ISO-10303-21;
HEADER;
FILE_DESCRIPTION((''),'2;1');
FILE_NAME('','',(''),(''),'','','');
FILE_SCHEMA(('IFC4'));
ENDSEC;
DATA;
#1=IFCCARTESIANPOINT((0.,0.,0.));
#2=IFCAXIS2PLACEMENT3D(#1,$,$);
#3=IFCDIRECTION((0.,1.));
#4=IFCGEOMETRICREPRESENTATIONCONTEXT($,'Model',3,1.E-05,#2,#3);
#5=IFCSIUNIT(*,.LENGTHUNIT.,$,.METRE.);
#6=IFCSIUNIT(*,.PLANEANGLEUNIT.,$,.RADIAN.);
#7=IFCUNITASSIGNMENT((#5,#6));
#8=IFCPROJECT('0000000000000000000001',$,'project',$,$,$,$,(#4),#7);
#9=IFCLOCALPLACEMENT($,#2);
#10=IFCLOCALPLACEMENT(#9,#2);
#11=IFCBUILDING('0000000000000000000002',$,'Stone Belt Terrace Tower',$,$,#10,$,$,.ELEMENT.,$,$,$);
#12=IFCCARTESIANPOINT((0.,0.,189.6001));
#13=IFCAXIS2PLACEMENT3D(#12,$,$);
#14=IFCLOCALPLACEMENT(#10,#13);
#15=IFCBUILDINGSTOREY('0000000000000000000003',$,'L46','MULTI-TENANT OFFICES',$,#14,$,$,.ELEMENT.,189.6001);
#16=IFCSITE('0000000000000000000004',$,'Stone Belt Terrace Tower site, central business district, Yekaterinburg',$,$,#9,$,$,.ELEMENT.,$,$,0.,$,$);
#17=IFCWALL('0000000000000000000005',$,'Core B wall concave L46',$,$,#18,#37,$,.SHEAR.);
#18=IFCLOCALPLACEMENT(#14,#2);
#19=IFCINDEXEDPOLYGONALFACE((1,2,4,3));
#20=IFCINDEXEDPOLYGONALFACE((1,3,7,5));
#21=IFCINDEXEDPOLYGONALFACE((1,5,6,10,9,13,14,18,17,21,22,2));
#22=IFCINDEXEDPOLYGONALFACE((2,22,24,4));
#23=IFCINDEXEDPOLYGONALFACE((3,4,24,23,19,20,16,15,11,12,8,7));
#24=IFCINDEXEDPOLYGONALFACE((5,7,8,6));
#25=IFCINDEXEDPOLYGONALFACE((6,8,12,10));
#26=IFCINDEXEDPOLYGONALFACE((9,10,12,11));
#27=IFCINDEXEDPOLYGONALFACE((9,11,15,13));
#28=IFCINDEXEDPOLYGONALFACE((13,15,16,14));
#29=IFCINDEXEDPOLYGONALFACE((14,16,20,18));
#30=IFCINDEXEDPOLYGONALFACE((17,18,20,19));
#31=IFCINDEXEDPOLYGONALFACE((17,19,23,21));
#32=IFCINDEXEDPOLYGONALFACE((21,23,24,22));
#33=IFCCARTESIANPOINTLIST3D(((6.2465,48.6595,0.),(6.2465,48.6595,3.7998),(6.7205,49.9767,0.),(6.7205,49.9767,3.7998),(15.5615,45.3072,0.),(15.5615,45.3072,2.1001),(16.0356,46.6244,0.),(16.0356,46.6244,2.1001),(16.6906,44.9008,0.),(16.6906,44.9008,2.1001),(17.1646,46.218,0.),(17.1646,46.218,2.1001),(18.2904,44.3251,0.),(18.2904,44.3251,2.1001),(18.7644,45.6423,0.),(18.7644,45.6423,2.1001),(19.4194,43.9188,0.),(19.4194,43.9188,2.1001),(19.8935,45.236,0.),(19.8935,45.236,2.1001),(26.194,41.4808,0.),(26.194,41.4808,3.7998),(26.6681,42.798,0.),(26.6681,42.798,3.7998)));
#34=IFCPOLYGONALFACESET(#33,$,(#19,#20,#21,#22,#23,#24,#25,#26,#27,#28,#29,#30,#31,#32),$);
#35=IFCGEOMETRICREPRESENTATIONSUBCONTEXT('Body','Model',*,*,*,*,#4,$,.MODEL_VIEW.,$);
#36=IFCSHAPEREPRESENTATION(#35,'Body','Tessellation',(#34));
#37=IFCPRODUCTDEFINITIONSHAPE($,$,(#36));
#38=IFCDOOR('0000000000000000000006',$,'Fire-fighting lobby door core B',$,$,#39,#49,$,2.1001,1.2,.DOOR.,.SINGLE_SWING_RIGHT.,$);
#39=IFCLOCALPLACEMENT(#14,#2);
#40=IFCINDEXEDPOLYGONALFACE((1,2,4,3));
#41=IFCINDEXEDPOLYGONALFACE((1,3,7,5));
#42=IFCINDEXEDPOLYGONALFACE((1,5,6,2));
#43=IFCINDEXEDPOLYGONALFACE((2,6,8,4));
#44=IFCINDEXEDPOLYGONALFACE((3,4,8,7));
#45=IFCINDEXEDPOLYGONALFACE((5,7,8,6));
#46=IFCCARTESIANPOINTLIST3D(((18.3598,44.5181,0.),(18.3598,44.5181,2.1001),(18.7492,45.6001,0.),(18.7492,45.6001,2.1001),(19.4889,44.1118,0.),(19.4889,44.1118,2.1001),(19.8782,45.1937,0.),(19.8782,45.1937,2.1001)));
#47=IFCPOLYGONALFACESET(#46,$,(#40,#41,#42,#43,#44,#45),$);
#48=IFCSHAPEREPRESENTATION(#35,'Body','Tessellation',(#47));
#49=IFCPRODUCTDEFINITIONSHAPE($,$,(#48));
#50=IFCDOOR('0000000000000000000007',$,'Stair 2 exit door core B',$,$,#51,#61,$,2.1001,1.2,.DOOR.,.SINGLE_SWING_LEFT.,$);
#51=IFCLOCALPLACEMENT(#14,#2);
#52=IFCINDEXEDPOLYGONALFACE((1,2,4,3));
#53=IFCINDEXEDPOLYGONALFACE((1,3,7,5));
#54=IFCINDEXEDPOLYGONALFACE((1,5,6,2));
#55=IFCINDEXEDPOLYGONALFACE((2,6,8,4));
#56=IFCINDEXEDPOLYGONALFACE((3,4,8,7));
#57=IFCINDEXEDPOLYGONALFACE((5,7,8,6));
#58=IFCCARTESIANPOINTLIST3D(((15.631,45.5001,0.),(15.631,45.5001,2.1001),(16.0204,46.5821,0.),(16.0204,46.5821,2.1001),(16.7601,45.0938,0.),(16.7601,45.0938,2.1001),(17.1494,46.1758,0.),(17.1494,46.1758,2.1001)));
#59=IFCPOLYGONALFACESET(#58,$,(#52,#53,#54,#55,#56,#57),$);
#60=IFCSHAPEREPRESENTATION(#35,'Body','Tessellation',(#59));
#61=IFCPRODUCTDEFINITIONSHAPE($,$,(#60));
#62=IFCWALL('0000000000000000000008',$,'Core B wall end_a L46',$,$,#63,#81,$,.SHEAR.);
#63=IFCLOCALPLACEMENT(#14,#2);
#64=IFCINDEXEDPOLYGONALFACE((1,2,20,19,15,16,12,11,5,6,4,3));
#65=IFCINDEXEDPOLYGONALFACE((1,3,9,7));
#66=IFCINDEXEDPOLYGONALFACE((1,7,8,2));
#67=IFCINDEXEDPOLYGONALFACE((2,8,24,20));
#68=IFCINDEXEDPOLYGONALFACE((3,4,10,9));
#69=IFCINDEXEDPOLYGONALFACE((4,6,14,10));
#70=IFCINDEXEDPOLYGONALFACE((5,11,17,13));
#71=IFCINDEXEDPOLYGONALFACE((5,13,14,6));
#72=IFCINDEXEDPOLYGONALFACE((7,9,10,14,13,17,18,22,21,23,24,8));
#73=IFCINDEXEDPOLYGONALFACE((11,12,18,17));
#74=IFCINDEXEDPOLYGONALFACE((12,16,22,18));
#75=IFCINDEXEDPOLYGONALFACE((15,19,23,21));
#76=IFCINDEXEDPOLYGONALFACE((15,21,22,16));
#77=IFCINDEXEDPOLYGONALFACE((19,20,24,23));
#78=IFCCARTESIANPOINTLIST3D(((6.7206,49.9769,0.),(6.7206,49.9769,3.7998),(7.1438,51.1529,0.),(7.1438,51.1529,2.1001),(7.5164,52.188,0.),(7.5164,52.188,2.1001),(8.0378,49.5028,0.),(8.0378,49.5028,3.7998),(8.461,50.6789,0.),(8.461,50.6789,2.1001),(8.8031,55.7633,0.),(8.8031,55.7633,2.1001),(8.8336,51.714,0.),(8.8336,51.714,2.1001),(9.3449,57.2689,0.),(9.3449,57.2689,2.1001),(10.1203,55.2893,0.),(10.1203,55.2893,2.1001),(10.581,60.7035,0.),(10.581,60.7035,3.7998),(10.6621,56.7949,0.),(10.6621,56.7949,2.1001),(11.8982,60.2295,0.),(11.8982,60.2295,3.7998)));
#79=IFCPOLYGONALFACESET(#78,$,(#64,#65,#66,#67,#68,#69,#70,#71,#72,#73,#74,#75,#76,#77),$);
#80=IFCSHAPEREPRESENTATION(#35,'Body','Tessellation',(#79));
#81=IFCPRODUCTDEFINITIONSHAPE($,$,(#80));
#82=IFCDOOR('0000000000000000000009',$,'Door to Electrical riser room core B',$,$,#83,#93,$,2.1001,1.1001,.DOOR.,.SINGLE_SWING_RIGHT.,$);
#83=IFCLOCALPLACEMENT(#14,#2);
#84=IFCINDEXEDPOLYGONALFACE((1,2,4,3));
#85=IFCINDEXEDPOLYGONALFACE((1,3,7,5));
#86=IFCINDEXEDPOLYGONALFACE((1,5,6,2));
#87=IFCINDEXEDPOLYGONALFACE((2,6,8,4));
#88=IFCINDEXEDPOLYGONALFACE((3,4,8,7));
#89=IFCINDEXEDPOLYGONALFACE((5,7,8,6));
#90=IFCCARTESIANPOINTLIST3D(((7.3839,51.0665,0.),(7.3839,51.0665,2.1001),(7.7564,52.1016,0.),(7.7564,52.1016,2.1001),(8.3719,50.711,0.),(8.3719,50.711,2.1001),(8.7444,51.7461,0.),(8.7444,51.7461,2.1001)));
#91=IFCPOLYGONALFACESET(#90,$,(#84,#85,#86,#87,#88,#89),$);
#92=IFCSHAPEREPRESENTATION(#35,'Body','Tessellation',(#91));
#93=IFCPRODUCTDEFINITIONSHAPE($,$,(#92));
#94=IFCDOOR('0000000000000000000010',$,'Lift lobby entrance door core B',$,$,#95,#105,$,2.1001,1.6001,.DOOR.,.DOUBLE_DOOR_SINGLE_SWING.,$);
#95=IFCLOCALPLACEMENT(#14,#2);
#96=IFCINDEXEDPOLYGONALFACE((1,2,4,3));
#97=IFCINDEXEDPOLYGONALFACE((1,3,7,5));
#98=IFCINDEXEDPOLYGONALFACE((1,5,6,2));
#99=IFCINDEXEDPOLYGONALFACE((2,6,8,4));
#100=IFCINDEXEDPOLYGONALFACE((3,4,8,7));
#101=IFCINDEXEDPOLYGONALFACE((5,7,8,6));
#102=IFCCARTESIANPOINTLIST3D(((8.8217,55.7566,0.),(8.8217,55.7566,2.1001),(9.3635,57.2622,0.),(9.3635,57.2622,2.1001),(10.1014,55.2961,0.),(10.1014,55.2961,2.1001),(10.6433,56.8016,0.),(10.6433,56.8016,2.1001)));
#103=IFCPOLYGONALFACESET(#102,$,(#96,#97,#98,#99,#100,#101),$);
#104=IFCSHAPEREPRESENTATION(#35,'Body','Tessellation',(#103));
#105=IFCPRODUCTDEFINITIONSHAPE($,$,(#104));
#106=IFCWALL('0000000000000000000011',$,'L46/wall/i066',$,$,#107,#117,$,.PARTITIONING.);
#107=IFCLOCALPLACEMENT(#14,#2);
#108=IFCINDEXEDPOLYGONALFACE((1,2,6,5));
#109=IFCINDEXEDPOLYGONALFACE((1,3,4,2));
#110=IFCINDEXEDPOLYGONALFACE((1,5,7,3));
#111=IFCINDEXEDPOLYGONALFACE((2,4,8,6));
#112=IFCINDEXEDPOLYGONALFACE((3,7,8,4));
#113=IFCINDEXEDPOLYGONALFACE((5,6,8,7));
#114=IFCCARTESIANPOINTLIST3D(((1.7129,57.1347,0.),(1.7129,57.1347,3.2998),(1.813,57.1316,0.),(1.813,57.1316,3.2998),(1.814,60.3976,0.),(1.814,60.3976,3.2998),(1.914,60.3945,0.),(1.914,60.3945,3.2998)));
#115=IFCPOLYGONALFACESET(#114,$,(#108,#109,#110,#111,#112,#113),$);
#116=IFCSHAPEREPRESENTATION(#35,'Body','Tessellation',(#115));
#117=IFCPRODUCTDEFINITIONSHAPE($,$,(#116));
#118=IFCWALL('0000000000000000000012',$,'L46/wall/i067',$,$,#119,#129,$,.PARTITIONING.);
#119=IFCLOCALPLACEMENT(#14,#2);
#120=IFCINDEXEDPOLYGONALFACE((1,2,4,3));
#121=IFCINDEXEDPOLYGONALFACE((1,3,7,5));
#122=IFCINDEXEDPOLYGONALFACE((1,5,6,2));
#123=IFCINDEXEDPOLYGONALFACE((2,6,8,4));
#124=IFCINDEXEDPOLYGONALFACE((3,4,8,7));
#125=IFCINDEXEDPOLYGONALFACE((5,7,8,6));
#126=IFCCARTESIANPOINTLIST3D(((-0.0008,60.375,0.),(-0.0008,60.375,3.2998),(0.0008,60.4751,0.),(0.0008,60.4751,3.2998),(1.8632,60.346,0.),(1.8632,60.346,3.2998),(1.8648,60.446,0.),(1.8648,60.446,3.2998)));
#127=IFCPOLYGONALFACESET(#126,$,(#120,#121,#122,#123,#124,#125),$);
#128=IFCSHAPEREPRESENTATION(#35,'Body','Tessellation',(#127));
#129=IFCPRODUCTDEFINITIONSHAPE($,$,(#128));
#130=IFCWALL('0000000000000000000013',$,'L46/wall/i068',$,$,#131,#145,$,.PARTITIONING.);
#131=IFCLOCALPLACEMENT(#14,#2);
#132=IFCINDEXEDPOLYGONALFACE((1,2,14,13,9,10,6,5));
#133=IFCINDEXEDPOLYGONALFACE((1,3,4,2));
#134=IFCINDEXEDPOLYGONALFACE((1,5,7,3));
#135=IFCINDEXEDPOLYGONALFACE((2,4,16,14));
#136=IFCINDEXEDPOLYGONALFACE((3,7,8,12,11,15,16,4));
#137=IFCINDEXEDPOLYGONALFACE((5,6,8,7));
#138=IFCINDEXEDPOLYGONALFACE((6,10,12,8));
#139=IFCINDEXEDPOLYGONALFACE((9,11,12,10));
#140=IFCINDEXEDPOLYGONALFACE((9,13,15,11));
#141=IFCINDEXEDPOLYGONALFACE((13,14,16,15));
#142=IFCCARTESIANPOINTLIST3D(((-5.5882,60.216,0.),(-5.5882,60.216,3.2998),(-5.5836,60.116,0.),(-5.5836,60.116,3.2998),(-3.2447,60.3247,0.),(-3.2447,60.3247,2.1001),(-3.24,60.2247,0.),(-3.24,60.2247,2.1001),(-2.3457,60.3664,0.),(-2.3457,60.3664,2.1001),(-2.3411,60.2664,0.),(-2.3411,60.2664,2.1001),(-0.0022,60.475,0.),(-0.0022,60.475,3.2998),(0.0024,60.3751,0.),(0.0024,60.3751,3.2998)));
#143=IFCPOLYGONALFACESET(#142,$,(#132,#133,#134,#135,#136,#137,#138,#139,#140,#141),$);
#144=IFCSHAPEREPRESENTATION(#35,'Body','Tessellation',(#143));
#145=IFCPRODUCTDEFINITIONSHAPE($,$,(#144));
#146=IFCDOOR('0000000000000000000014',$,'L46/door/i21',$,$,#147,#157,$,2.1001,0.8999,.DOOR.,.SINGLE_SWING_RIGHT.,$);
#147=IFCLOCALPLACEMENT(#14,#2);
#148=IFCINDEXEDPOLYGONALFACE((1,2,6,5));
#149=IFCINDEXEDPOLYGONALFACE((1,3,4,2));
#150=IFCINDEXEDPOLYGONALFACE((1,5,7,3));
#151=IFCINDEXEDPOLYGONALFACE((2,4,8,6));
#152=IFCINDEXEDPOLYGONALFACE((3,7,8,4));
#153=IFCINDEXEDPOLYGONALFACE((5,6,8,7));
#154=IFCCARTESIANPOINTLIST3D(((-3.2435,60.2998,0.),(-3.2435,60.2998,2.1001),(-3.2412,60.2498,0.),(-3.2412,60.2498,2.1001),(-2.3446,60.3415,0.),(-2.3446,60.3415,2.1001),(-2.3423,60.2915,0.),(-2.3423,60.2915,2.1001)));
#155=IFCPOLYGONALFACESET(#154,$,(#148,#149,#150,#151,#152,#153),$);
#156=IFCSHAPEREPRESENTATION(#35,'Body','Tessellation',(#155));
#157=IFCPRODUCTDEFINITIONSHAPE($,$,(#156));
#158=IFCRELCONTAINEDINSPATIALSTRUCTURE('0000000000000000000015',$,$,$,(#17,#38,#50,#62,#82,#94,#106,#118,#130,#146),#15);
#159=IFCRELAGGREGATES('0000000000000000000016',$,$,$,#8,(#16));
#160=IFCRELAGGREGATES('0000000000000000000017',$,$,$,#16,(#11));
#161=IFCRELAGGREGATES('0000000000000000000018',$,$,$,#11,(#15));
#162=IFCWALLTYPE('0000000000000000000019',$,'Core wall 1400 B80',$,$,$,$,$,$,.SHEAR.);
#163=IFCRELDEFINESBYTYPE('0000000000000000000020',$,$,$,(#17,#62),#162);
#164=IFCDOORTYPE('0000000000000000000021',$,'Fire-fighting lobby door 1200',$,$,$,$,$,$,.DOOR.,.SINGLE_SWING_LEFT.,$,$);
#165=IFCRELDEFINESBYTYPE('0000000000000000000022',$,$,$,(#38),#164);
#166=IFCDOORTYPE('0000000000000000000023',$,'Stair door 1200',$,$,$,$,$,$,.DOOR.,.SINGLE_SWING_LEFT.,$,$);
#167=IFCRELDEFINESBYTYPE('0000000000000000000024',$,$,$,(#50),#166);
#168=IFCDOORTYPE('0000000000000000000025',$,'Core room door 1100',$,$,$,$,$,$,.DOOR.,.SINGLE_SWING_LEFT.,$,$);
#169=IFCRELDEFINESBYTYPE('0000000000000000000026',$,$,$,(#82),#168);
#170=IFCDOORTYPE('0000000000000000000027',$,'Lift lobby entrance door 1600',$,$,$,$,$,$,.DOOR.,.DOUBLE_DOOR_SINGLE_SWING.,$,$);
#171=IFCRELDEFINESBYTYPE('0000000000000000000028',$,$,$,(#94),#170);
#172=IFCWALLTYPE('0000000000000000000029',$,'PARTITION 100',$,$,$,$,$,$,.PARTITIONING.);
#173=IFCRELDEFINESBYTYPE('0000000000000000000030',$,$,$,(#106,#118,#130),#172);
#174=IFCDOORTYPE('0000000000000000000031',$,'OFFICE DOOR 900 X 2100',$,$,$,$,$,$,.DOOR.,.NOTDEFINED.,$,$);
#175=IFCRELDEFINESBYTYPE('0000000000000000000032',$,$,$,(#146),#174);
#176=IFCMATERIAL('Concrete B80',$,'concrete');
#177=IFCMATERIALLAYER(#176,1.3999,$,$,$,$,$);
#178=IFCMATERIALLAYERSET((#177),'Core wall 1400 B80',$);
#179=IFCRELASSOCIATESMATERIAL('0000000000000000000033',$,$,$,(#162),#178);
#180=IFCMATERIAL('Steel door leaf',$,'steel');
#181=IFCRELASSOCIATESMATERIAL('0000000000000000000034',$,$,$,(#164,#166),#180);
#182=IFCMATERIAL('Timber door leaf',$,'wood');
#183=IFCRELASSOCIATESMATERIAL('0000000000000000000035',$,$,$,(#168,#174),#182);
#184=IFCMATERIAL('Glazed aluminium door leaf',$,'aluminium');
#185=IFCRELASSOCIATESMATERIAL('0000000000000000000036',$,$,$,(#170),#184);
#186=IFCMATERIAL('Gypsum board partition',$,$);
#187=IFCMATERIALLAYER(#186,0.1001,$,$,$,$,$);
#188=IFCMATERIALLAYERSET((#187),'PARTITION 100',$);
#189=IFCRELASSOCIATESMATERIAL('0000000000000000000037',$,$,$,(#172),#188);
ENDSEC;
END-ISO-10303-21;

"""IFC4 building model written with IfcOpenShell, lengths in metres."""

from ifc_helpers import new_model, si_unit, direction, frame, frame_2d, origin, place, context, subcontext, project, spatial, rectangle, extrude, material, layer, layer_set, type_object, element, fill, save


model = new_model("IFC4")

# Units and contexts
model_context = context("Model", 3, precision=1e-05, world=origin(), true_north=direction((0.0, 1.0)))
body_context = subcontext(model_context, "Body", "Model", "MODEL_VIEW")
ifc_project = project(units=[si_unit("LENGTHUNIT", "METRE"), si_unit("PLANEANGLEUNIT", "RADIAN")], contexts=[model_context])

# Site, building, storey
site_placement = place(None, origin())
site = spatial("IfcSite", under=ifc_project, at=site_placement, Name="Stone Belt Terrace Tower site, central business district, Yekaterinburg", CompositionType="ELEMENT", RefElevation=0.0)
building_placement = place(site_placement, origin())
building = spatial("IfcBuilding", under=site, at=building_placement, Name="Stone Belt Terrace Tower", CompositionType="ELEMENT")
storey_placement = place(building_placement, frame((0.0, 0.0, 189.6001)))
storey = spatial("IfcBuildingStorey", under=building, at=storey_placement, Name="L46", Description="MULTI-TENANT OFFICES", CompositionType="ELEMENT", Elevation=189.6001)

# Shared definitions
ifc_material_1 = material(Name="Concrete B80", Category="concrete")

# Walls, openings, doors
ifc_layer_1 = layer(ifc_material_1, 1.3999)
ifc_layer_set_1 = layer_set([ifc_layer_1], Name="Core wall 1400 B80")
wall_type_1 = type_object("IfcWallType", Name="Core wall 1400 B80", PredefinedType="SHEAR", material=ifc_layer_set_1)
wall_1_placement = place(storey_placement, frame((6.4834, 49.3181, 0.0), z_axis=(0.0, 0.0, 1.0), x_axis=(0.940923, -0.33862, 0.0)))
wall_1 = element("IfcWall", 1, at=wall_1_placement, inside=storey, type_object=wall_type_1, Name="Core B wall concave L46", PredefinedType="SHEAR", context=body_context, shape_type="SweptSolid", body=[
    extrude(rectangle(XDim=21.2, YDim=1.3999, at=frame_2d((10.6001, 0.0))), origin(), (0.0, 0.0, 1.0), 3.7998),
])
opening_1_placement = place(wall_1_placement, frame((12.8, 0.0, 0.0)))
opening_1 = element("IfcOpeningElement", 2, at=opening_1_placement, cuts=wall_1, PredefinedType="OPENING", context=body_context, shape_type="SweptSolid", body=[
    extrude(rectangle(XDim=1.2, YDim=2.1001, at=frame_2d((0.6001, 1.05))), frame((0.0, 0.71, 0.0), z_axis=(0.0, -1.0, 0.0), x_axis=(1.0, 0.0, 0.0)), (0.0, 0.0, 1.0), 1.4199),
])
opening_2_placement = place(wall_1_placement, frame((9.8999, 0.0, 0.0)))
opening_2 = element("IfcOpeningElement", 3, at=opening_2_placement, cuts=wall_1, PredefinedType="OPENING", context=body_context, shape_type="SweptSolid", body=[
    extrude(rectangle(XDim=1.2, YDim=2.1001, at=frame_2d((0.6001, 1.05))), frame((0.0, 0.71, 0.0), z_axis=(0.0, -1.0, 0.0), x_axis=(1.0, 0.0, 0.0)), (0.0, 0.0, 1.0), 1.4199),
])
ifc_material_2 = material(Name="Steel door leaf", Category="steel")
door_type_1 = type_object("IfcDoorType", Name="Fire-fighting lobby door 1200", OperationType="SINGLE_SWING_LEFT", PredefinedType="DOOR", material=ifc_material_2)
door_1_placement = place(opening_1_placement, origin())
door_1 = element("IfcDoor", 4, at=door_1_placement, inside=storey, type_object=door_type_1, Name="Fire-fighting lobby door core B", OperationType="SINGLE_SWING_RIGHT", OverallHeight=2.1001, OverallWidth=1.2, PredefinedType="DOOR", context=body_context, shape_type="SweptSolid", body=[
    extrude(rectangle(XDim=1.2, YDim=2.1001, at=frame_2d((0.6001, 1.05))), frame((0.0, 0.655, 0.0), z_axis=(0.0, -1.0, 0.0), x_axis=(1.0, 0.0, 0.0)), (0.0, 0.0, 1.0), 1.1499),
])
fill(opening_1, door_1)
door_type_2 = type_object("IfcDoorType", Name="Stair door 1200", OperationType="SINGLE_SWING_LEFT", PredefinedType="DOOR", material=ifc_material_2)
door_2_placement = place(opening_2_placement, origin())
door_2 = element("IfcDoor", 5, at=door_2_placement, inside=storey, type_object=door_type_2, Name="Stair 2 exit door core B", OperationType="SINGLE_SWING_LEFT", OverallHeight=2.1001, OverallWidth=1.2, PredefinedType="DOOR", context=body_context, shape_type="SweptSolid", body=[
    extrude(rectangle(XDim=1.2, YDim=2.1001, at=frame_2d((0.6001, 1.05))), frame((0.0, 0.655, 0.0), z_axis=(0.0, -1.0, 0.0), x_axis=(1.0, 0.0, 0.0)), (0.0, 0.0, 1.0), 1.1499),
])
fill(opening_2, door_2)
wall_2_placement = place(storey_placement, frame((7.3792, 49.7397, 0.0), z_axis=(0.0, 0.0, 1.0), x_axis=(0.338625, 0.940921, 0.0)))
wall_2 = element("IfcWall", 6, at=wall_2_placement, inside=storey, type_object=wall_type_1, Name="Core B wall end_a L46", PredefinedType="SHEAR", context=body_context, shape_type="SweptSolid", body=[
    extrude(rectangle(XDim=11.4001, YDim=1.3999, at=frame_2d((5.7002, 0.0))), origin(), (0.0, 0.0, 1.0), 3.7998),
])
opening_3_placement = place(wall_2_placement, frame((6.1499, 0.0, 0.0)))
opening_3 = element("IfcOpeningElement", 7, at=opening_3_placement, cuts=wall_2, PredefinedType="OPENING", context=body_context, shape_type="SweptSolid", body=[
    extrude(rectangle(XDim=1.6001, YDim=2.1001, at=frame_2d((0.8, 1.05))), frame((0.0, 0.71, 0.0), z_axis=(0.0, -1.0, 0.0), x_axis=(1.0, 0.0, 0.0)), (0.0, 0.0, 1.0), 1.4199),
])
opening_4_placement = place(wall_2_placement, frame((1.25, 0.0, 0.0)))
opening_4 = element("IfcOpeningElement", 8, at=opening_4_placement, cuts=wall_2, PredefinedType="OPENING", context=body_context, shape_type="SweptSolid", body=[
    extrude(rectangle(XDim=1.1001, YDim=2.1001, at=frame_2d((0.55, 1.05))), frame((0.0, 0.71, 0.0), z_axis=(0.0, -1.0, 0.0), x_axis=(1.0, 0.0, 0.0)), (0.0, 0.0, 1.0), 1.4199),
])
ifc_material_3 = material(Name="Timber door leaf", Category="wood")
door_type_3 = type_object("IfcDoorType", Name="Core room door 1100", OperationType="SINGLE_SWING_LEFT", PredefinedType="DOOR", material=ifc_material_3)
door_3_placement = place(opening_4_placement, origin())
door_3 = element("IfcDoor", 9, at=door_3_placement, inside=storey, type_object=door_type_3, Name="Door to Electrical riser room core B", OperationType="SINGLE_SWING_RIGHT", OverallHeight=2.1001, OverallWidth=1.1001, PredefinedType="DOOR", context=body_context, shape_type="SweptSolid", body=[
    extrude(rectangle(XDim=1.1001, YDim=2.1001, at=frame_2d((0.55, 1.05))), frame((0.0, 0.4448, 0.0), z_axis=(0.0, -1.0, 0.0), x_axis=(1.0, 0.0, 0.0)), (0.0, 0.0, 1.0), 1.05),
])
fill(opening_4, door_3)
ifc_material_4 = material(Name="Glazed aluminium door leaf", Category="aluminium")
door_type_4 = type_object("IfcDoorType", Name="Lift lobby entrance door 1600", OperationType="DOUBLE_DOOR_SINGLE_SWING", PredefinedType="DOOR", material=ifc_material_4)
door_4_placement = place(opening_3_placement, origin())
door_4 = element("IfcDoor", 10, at=door_4_placement, inside=storey, type_object=door_type_4, Name="Lift lobby entrance door core B", OperationType="DOUBLE_DOOR_SINGLE_SWING", OverallHeight=2.1001, OverallWidth=1.6001, PredefinedType="DOOR", context=body_context, shape_type="SweptSolid", body=[
    extrude(rectangle(XDim=1.6001, YDim=2.1001, at=frame_2d((0.8, 1.05))), frame((0.0, 0.6802, 0.0), z_axis=(0.0, -1.0, 0.0), x_axis=(1.0, 0.0, 0.0)), (0.0, 0.0, 1.0), 1.3601),
])
fill(opening_3, door_4)

# Walls
ifc_material_5 = material(Name="Gypsum board partition")
ifc_layer_2 = layer(ifc_material_5, 0.1001)
ifc_layer_set_2 = layer_set([ifc_layer_2], Name="PARTITION 100")
wall_type_2 = type_object("IfcWallType", Name="PARTITION 100", PredefinedType="PARTITIONING", material=ifc_layer_set_2)
wall_3_placement = place(storey_placement, frame((1.7629, 57.1331, 0.0), z_axis=(0.0, 0.0, 1.0), x_axis=(0.030962, 0.999521, 0.0)))
element("IfcWall", 11, at=wall_3_placement, inside=storey, type_object=wall_type_2, Name="L46/wall/i066", PredefinedType="PARTITIONING", context=body_context, shape_type="SweptSolid", body=[
    extrude(rectangle(XDim=3.2644, YDim=0.1001, at=frame_2d((1.6323, 0.0))), origin(), (0.0, 0.0, 1.0), 3.2998),
])
wall_4_placement = place(storey_placement, frame((1.864, 60.396, 0.0), z_axis=(0.0, 0.0, 1.0), x_axis=(-0.999879, 0.015584, 0.0)))
element("IfcWall", 12, at=wall_4_placement, inside=storey, type_object=wall_type_2, Name="L46/wall/i067", PredefinedType="PARTITIONING", context=body_context, shape_type="SweptSolid", body=[
    extrude(rectangle(XDim=1.8643, YDim=0.1001, at=frame_2d((0.9321, 0.0))), origin(), (0.0, 0.0, 1.0), 3.2998),
])

# Wall, opening, door
wall_5_placement = place(storey_placement, frame((0.0, 60.425, 0.0), z_axis=(0.0, 0.0, 1.0), x_axis=(-0.998927, -0.046323, 0.0)))
wall_5 = element("IfcWall", 13, at=wall_5_placement, inside=storey, type_object=wall_type_2, Name="L46/wall/i068", PredefinedType="PARTITIONING", context=body_context, shape_type="SweptSolid", body=[
    extrude(rectangle(XDim=5.592, YDim=0.1001, at=frame_2d((2.7959, 0.0))), origin(), (0.0, 0.0, 1.0), 3.2998),
])
opening_5_placement = place(wall_5_placement, frame((2.3459, 0.0, 0.0)))
opening_5 = element("IfcOpeningElement", 14, at=opening_5_placement, cuts=wall_5, PredefinedType="OPENING", context=body_context, shape_type="SweptSolid", body=[
    extrude(rectangle(XDim=0.8999, YDim=2.1001, at=frame_2d((0.45, 1.05))), frame((0.0, 0.0601, 0.0), z_axis=(0.0, -1.0, 0.0), x_axis=(1.0, 0.0, 0.0)), (0.0, 0.0, 1.0), 0.1201),
])
door_type_5 = type_object("IfcDoorType", Name="OFFICE DOOR 900 X 2100", OperationType="NOTDEFINED", PredefinedType="DOOR", material=ifc_material_3)
door_5_placement = place(opening_5_placement, origin())
door_5 = element("IfcDoor", 15, at=door_5_placement, inside=storey, type_object=door_type_5, Name="L46/door/i21", OperationType="SINGLE_SWING_RIGHT", OverallHeight=2.1001, OverallWidth=0.8999, PredefinedType="DOOR", context=body_context, shape_type="SweptSolid", body=[
    extrude(rectangle(XDim=0.8999, YDim=2.1001, at=frame_2d((0.45, 1.05))), frame((0.0, 0.0249, 0.0), z_axis=(0.0, -1.0, 0.0), x_axis=(1.0, 0.0, 0.0)), (0.0, 0.0, 1.0), 0.05),
])
fill(opening_5, door_5)

save(model, "model.ifc")
